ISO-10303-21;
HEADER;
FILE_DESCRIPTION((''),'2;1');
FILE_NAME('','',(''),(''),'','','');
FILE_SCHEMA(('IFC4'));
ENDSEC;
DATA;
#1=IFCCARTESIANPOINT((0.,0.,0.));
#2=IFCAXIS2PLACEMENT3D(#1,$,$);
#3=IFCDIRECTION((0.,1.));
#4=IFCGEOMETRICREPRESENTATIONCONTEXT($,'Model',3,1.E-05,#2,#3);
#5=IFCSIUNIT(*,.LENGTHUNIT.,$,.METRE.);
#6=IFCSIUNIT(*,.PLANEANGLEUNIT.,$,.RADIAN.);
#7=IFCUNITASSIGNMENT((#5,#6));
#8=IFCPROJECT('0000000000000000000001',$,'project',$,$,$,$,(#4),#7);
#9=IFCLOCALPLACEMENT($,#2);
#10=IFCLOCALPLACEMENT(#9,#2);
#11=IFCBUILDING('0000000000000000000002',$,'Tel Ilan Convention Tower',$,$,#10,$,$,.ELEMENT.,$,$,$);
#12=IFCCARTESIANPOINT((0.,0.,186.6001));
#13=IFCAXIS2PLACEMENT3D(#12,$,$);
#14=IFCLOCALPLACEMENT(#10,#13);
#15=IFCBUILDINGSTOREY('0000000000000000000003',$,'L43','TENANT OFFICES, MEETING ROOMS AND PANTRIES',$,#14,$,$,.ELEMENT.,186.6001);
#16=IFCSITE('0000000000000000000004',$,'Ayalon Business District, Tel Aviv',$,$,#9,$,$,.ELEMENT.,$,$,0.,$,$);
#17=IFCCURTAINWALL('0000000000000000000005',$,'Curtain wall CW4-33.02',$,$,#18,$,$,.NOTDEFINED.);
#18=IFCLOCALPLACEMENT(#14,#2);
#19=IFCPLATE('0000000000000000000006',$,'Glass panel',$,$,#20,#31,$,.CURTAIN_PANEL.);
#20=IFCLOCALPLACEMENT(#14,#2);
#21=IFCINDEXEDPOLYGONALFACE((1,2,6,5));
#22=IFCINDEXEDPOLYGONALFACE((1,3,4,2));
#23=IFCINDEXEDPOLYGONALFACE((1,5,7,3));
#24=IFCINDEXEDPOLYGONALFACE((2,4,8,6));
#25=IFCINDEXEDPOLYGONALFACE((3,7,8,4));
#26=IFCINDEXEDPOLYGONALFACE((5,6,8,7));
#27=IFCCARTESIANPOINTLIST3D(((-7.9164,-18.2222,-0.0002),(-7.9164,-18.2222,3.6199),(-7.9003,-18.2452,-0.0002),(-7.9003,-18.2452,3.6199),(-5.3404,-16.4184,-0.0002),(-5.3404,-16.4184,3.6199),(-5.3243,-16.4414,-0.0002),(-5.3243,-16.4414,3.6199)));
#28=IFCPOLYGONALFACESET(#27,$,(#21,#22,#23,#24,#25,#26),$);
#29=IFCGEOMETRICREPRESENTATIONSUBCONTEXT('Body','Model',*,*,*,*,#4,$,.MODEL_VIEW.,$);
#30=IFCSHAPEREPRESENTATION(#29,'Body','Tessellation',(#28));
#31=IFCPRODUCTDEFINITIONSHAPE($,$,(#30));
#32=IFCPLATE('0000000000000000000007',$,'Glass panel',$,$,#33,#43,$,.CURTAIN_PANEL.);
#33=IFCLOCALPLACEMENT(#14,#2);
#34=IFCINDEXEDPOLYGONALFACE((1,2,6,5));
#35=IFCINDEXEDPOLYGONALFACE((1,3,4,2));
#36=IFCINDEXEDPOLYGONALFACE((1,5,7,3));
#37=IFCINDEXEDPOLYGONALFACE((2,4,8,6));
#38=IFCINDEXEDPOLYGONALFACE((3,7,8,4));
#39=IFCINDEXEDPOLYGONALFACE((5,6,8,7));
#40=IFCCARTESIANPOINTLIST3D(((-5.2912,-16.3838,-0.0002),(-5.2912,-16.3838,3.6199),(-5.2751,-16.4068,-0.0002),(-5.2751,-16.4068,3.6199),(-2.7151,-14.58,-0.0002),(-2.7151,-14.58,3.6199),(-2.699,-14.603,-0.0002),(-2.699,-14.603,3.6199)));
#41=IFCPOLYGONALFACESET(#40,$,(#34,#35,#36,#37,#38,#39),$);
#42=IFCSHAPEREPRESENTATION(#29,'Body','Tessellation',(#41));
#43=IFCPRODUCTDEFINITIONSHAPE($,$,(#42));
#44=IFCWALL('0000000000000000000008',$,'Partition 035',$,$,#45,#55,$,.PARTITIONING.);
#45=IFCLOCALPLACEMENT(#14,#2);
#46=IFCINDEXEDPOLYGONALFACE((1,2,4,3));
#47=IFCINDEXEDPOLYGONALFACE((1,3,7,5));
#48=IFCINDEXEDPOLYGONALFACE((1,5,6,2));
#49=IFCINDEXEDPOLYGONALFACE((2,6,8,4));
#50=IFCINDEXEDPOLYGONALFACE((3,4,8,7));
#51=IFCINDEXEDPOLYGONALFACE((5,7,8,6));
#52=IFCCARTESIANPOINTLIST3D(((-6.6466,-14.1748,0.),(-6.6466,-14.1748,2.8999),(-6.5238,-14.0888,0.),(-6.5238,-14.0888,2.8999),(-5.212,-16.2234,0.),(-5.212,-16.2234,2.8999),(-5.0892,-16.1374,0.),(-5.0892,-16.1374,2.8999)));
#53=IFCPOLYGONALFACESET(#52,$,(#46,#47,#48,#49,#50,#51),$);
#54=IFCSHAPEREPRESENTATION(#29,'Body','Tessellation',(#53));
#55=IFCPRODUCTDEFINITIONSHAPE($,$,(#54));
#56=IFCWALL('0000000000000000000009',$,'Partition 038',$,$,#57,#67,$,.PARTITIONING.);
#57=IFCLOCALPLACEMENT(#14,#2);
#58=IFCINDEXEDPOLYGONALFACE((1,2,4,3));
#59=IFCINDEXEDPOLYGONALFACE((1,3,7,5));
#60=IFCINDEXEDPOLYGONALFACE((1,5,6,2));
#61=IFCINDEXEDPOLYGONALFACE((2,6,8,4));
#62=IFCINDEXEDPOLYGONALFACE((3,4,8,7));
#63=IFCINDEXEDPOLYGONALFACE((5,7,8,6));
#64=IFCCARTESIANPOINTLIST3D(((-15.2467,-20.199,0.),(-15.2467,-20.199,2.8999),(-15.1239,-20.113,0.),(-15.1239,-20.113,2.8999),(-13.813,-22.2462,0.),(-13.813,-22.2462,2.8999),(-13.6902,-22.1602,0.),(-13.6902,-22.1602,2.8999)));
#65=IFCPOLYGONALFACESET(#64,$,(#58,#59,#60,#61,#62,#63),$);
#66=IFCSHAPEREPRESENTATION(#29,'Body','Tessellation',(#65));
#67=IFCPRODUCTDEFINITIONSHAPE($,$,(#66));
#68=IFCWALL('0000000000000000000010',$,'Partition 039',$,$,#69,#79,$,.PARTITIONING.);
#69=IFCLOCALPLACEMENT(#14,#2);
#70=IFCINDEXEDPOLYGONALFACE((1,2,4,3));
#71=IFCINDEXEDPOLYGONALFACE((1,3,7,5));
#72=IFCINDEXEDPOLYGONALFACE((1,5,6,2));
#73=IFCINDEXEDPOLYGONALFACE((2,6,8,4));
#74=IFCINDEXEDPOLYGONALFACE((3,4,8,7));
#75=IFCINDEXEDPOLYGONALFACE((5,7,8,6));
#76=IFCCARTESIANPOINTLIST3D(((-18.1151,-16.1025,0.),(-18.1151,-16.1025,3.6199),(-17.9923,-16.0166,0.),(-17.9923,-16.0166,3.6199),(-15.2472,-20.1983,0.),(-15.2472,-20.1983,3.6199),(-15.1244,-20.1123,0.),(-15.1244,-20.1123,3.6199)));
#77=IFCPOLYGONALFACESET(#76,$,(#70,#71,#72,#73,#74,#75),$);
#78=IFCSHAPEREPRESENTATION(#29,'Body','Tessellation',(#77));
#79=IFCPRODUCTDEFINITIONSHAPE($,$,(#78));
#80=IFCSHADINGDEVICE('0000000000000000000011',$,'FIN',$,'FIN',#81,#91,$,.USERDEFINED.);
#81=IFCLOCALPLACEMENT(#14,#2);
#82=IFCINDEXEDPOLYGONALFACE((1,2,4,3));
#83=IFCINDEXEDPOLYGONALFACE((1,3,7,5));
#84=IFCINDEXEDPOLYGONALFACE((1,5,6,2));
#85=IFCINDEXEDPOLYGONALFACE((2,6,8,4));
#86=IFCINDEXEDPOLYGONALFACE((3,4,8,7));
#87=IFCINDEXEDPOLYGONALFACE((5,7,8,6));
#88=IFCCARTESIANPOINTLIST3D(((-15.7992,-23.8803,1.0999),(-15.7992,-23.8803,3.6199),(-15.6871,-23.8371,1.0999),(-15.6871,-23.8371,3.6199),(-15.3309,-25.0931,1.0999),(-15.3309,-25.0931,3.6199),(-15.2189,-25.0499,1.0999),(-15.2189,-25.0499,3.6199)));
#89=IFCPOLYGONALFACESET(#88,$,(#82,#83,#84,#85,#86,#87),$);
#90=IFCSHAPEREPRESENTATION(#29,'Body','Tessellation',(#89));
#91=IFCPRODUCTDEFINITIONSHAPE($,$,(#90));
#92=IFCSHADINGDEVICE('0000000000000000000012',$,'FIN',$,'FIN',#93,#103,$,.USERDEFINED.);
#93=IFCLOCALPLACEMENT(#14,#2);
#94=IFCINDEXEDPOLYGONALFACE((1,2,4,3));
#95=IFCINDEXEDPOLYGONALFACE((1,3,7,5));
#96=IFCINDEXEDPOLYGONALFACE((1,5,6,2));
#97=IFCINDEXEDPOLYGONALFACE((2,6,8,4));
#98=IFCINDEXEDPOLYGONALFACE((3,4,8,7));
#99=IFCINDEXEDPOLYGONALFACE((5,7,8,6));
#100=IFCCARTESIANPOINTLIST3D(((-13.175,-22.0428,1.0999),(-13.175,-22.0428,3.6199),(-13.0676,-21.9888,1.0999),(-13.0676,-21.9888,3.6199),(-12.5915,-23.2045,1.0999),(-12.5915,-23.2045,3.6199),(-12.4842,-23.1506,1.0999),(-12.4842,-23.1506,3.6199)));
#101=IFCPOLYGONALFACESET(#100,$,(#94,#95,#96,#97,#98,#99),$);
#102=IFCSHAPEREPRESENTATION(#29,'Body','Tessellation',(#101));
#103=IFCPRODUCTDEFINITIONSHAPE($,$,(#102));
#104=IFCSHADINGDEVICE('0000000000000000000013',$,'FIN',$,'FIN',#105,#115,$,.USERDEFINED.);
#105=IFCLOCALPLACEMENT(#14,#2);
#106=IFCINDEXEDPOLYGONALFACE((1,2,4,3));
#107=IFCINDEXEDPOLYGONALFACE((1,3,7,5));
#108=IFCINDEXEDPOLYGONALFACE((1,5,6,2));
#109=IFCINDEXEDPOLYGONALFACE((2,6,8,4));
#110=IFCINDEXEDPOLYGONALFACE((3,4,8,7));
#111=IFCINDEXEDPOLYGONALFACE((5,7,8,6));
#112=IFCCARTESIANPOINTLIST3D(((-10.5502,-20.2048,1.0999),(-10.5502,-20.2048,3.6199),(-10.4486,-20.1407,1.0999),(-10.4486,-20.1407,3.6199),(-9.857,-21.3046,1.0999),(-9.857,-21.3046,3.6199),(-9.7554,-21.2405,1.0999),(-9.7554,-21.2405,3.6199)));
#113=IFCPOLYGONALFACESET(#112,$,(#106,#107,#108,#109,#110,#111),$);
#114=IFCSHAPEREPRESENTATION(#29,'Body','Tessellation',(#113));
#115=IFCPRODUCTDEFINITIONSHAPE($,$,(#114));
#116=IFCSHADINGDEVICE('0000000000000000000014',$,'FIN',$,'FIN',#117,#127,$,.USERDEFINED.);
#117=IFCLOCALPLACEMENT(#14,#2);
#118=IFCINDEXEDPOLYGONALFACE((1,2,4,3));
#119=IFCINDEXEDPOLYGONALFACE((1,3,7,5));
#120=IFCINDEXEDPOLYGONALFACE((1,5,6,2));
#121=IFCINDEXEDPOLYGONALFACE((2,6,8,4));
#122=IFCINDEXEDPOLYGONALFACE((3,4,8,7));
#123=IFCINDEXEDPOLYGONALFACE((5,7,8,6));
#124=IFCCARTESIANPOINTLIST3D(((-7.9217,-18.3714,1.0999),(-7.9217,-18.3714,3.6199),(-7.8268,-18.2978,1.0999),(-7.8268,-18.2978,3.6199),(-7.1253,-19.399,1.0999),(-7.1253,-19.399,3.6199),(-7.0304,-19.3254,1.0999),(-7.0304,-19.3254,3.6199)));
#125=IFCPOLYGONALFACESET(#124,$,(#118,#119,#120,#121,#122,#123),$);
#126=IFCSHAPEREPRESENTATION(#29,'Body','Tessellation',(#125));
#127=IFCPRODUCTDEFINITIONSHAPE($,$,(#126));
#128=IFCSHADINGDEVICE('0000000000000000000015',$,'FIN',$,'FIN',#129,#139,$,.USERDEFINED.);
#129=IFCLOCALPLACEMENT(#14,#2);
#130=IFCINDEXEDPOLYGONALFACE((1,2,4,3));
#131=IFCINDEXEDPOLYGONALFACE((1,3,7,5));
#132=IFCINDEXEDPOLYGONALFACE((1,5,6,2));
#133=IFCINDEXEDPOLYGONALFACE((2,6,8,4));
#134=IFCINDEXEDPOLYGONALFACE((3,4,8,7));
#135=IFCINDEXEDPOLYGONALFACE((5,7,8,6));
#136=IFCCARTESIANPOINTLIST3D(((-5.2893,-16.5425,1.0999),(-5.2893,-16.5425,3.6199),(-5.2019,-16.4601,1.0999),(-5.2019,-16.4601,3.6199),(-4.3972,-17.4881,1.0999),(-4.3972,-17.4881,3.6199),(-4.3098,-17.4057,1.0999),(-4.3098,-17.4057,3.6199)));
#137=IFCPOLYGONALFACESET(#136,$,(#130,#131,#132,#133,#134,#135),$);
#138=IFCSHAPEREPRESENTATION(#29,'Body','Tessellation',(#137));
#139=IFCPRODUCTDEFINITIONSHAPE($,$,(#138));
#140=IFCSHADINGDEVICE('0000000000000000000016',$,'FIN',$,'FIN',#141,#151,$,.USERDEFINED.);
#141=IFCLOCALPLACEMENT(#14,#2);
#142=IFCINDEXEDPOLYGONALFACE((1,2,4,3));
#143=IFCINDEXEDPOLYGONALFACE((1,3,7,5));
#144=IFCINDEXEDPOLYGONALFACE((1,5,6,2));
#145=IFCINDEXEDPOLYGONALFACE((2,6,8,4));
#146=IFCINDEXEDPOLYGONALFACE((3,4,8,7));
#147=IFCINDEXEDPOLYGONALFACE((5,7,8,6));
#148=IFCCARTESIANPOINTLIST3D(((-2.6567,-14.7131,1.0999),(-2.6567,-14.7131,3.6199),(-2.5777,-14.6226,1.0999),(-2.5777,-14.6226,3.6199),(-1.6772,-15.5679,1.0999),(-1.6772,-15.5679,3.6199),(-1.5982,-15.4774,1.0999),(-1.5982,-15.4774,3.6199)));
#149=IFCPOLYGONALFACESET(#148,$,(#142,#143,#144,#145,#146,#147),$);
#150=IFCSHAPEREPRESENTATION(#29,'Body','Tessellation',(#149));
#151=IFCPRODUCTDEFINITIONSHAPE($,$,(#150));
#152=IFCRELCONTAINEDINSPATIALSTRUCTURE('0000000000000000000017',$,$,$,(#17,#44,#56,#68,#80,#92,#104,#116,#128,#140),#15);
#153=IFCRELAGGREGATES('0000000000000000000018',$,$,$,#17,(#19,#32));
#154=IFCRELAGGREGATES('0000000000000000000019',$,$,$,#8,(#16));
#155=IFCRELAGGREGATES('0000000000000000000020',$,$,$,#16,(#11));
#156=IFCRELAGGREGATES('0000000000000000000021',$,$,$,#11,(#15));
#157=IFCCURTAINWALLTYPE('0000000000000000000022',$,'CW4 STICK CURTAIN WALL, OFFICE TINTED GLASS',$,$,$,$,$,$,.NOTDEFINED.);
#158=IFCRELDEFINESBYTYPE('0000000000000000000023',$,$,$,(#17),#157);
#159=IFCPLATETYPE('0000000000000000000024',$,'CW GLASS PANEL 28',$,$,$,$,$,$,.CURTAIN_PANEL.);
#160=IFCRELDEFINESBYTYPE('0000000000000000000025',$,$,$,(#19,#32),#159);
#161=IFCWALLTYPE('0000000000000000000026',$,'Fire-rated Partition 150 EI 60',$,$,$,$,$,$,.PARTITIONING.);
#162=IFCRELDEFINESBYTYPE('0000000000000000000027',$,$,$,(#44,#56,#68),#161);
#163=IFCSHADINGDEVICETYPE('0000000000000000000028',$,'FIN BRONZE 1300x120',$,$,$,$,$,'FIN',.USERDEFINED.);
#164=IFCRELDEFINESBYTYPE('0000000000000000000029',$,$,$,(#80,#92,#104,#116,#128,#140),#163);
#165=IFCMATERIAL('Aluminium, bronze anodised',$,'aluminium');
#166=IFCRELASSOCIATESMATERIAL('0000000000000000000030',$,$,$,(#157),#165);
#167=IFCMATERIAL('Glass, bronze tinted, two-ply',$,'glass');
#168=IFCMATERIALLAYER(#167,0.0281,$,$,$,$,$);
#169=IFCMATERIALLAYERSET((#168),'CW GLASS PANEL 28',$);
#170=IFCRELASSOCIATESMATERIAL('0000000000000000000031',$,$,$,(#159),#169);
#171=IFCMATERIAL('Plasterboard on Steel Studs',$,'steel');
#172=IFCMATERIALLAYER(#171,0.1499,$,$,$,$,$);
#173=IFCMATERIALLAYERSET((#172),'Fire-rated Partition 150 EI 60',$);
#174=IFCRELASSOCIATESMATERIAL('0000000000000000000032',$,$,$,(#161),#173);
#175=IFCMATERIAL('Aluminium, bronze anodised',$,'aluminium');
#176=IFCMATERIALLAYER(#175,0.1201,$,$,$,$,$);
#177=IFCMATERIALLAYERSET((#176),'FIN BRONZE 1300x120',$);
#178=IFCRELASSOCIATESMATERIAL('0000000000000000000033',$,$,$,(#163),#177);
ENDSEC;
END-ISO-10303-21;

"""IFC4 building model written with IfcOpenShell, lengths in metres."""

from ifc_helpers import new_model, si_unit, direction, frame, frame_2d, origin, origin_2d, place, context, subcontext, project, spatial, rectangle, extrude, material, layer, layer_set, type_object, element, aggregate, save


model = new_model("IFC4")

# Units and contexts
model_context = context("Model", 3, precision=1e-05, world=origin(), true_north=direction((0.0, 1.0)))
body_context = subcontext(model_context, "Body", "Model", "MODEL_VIEW")
ifc_project = project(units=[si_unit("LENGTHUNIT", "METRE"), si_unit("PLANEANGLEUNIT", "RADIAN")], contexts=[model_context])

# Site, building, storey
site_placement = place(None, origin())
site = spatial("IfcSite", under=ifc_project, at=site_placement, Name="Ayalon Business District, Tel Aviv", CompositionType="ELEMENT", RefElevation=0.0)
building_placement = place(site_placement, origin())
building = spatial("IfcBuilding", under=site, at=building_placement, Name="Tel Ilan Convention Tower", CompositionType="ELEMENT")
storey_placement = place(building_placement, frame((0.0, 0.0, 186.6001)))
storey = spatial("IfcBuildingStorey", under=building, at=storey_placement, Name="L43", Description="TENANT OFFICES, MEETING ROOMS AND PANTRIES", CompositionType="ELEMENT", Elevation=186.6001)

# Curtain wall, plates
ifc_material_1 = material(Name="Aluminium, bronze anodised", Category="aluminium")
curtain_wall_type = type_object("IfcCurtainWallType", Name="CW4 STICK CURTAIN WALL, OFFICE TINTED GLASS", PredefinedType="NOTDEFINED", material=ifc_material_1)
curtain_wall_placement = place(storey_placement, origin())
curtain_wall = element("IfcCurtainWall", 1, at=curtain_wall_placement, inside=storey, type_object=curtain_wall_type, Name="Curtain wall CW4-33.02", PredefinedType="NOTDEFINED")
ifc_material_2 = material(Name="Glass, bronze tinted, two-ply", Category="glass")
ifc_layer_1 = layer(ifc_material_2, 0.0281)
ifc_layer_set_1 = layer_set([ifc_layer_1], Name="CW GLASS PANEL 28")
plate_type = type_object("IfcPlateType", Name="CW GLASS PANEL 28", PredefinedType="CURTAIN_PANEL", material=ifc_layer_set_1)
plate_1_placement = place(storey_placement, frame((-6.6204, -17.3318, -0.0002), z_axis=(0.0, 0.0, 1.0), x_axis=(0.819152, 0.573576, 0.0)))
plate_1 = element("IfcPlate", 2, at=plate_1_placement, type_object=plate_type, Name="Glass panel", PredefinedType="CURTAIN_PANEL", context=body_context, shape_type="SweptSolid", body=[
    extrude(rectangle(XDim=3.1448, YDim=0.0281, at=origin_2d()), origin(), (0.0, 0.0, 1.0), 3.6201),
])
plate_2_placement = place(storey_placement, frame((-3.9951, -15.4934, -0.0002), z_axis=(0.0, 0.0, 1.0), x_axis=(0.819152, 0.573576, 0.0)))
plate_2 = element("IfcPlate", 3, at=plate_2_placement, type_object=plate_type, Name="Glass panel", PredefinedType="CURTAIN_PANEL", context=body_context, shape_type="SweptSolid", body=[
    extrude(rectangle(XDim=3.1448, YDim=0.0281, at=origin_2d()), origin(), (0.0, 0.0, 1.0), 3.6201),
])
aggregate(curtain_wall, [plate_1, plate_2])

# Walls
ifc_material_3 = material(Name="Plasterboard on Steel Studs", Category="steel")
ifc_layer_2 = layer(ifc_material_3, 0.1499)
ifc_layer_set_2 = layer_set([ifc_layer_2], Name="Fire-rated Partition 150 EI 60")
wall_type = type_object("IfcWallType", Name="Fire-rated Partition 150 EI 60", PredefinedType="PARTITIONING", material=ifc_layer_set_2)
wall_1_placement = place(storey_placement, frame((-5.1506, -16.1804, 0.0), z_axis=(0.0, 0.0, 1.0), x_axis=(-0.573613, 0.819126, 0.0)))
element("IfcWall", 4, at=wall_1_placement, inside=storey, type_object=wall_type, Name="Partition 035", PredefinedType="PARTITIONING", context=body_context, shape_type="SweptSolid", body=[
    extrude(rectangle(XDim=2.501, YDim=0.1499, at=frame_2d((1.2505, 0.0))), origin(), (0.0, 0.0, 1.0), 2.8999),
])
wall_2_placement = place(storey_placement, frame((-13.7517, -22.2031, 0.0), z_axis=(0.0, 0.0, 1.0), x_axis=(-0.573626, 0.819117, 0.0)))
element("IfcWall", 5, at=wall_2_placement, inside=storey, type_object=wall_type, Name="Partition 038", PredefinedType="PARTITIONING", context=body_context, shape_type="SweptSolid", body=[
    extrude(rectangle(XDim=2.4993, YDim=0.1499, at=frame_2d((1.2495, 0.0))), origin(), (0.0, 0.0, 1.0), 2.8999),
])
wall_3_placement = place(storey_placement, frame((-15.1858, -20.1553, 0.0), z_axis=(0.0, 0.0, 1.0), x_axis=(-0.573587, 0.819145, 0.0)))
element("IfcWall", 6, at=wall_3_placement, inside=storey, type_object=wall_type, Name="Partition 039", PredefinedType="PARTITIONING", context=body_context, shape_type="SweptSolid", body=[
    extrude(rectangle(XDim=5.0, YDim=0.1499, at=frame_2d((2.5, 0.0))), origin(), (0.0, 0.0, 1.0), 3.6199),
])

# Shading devices
ifc_material_4 = material(Name="Aluminium, bronze anodised", Category="aluminium")
ifc_layer_3 = layer(ifc_material_4, 0.1201)
ifc_layer_set_3 = layer_set([ifc_layer_3], Name="FIN BRONZE 1300x120")
shading_device_type = type_object("IfcShadingDeviceType", Name="FIN BRONZE 1300x120", ElementType="FIN", PredefinedType="USERDEFINED", material=ifc_layer_set_3)
for number, where, z_axis, x_axis, name in (
    (7, (-15.509, -24.4651, 1.0999), (0.0, 0.0, 1.0), (0.360178, -0.932884, 0.0), "FIN"),
    (8, (-12.8296, -22.5967, 1.0999), (0.0, 0.0, 1.0), (0.448799, -0.893633, 0.0), "FIN"),
    (9, (-10.1528, -20.7227, 1.0999), (0.0, 0.0, 1.0), (0.533204, -0.845986, 0.0), "FIN"),
    (10, (-7.4761, -18.8484, 1.0999), (0.0, 0.0, 1.0), (0.612601, -0.790393, 0.0), "FIN"),
    (11, (-4.7996, -16.9741, 1.0999), (0.0, 0.0, 1.0), (0.686242, -0.727374, 0.0), "FIN"),
    (12, (-2.1274, -15.0952, 1.0999), (0.0, 0.0, 1.0), (0.753436, -0.657521, 0.0), "FIN"),
):
    element("IfcShadingDevice", number, at=place(storey_placement, frame(where, z_axis=z_axis, x_axis=x_axis)), inside=storey, type_object=shading_device_type, Name=name, ObjectType="FIN", PredefinedType="USERDEFINED", context=body_context, shape_type="SweptSolid", body=[
        extrude(rectangle(XDim=1.3, YDim=0.1201, at=origin_2d()), origin(), (0.0, 0.0, 1.0), 2.52),
    ])

save(model, "model.ifc")
